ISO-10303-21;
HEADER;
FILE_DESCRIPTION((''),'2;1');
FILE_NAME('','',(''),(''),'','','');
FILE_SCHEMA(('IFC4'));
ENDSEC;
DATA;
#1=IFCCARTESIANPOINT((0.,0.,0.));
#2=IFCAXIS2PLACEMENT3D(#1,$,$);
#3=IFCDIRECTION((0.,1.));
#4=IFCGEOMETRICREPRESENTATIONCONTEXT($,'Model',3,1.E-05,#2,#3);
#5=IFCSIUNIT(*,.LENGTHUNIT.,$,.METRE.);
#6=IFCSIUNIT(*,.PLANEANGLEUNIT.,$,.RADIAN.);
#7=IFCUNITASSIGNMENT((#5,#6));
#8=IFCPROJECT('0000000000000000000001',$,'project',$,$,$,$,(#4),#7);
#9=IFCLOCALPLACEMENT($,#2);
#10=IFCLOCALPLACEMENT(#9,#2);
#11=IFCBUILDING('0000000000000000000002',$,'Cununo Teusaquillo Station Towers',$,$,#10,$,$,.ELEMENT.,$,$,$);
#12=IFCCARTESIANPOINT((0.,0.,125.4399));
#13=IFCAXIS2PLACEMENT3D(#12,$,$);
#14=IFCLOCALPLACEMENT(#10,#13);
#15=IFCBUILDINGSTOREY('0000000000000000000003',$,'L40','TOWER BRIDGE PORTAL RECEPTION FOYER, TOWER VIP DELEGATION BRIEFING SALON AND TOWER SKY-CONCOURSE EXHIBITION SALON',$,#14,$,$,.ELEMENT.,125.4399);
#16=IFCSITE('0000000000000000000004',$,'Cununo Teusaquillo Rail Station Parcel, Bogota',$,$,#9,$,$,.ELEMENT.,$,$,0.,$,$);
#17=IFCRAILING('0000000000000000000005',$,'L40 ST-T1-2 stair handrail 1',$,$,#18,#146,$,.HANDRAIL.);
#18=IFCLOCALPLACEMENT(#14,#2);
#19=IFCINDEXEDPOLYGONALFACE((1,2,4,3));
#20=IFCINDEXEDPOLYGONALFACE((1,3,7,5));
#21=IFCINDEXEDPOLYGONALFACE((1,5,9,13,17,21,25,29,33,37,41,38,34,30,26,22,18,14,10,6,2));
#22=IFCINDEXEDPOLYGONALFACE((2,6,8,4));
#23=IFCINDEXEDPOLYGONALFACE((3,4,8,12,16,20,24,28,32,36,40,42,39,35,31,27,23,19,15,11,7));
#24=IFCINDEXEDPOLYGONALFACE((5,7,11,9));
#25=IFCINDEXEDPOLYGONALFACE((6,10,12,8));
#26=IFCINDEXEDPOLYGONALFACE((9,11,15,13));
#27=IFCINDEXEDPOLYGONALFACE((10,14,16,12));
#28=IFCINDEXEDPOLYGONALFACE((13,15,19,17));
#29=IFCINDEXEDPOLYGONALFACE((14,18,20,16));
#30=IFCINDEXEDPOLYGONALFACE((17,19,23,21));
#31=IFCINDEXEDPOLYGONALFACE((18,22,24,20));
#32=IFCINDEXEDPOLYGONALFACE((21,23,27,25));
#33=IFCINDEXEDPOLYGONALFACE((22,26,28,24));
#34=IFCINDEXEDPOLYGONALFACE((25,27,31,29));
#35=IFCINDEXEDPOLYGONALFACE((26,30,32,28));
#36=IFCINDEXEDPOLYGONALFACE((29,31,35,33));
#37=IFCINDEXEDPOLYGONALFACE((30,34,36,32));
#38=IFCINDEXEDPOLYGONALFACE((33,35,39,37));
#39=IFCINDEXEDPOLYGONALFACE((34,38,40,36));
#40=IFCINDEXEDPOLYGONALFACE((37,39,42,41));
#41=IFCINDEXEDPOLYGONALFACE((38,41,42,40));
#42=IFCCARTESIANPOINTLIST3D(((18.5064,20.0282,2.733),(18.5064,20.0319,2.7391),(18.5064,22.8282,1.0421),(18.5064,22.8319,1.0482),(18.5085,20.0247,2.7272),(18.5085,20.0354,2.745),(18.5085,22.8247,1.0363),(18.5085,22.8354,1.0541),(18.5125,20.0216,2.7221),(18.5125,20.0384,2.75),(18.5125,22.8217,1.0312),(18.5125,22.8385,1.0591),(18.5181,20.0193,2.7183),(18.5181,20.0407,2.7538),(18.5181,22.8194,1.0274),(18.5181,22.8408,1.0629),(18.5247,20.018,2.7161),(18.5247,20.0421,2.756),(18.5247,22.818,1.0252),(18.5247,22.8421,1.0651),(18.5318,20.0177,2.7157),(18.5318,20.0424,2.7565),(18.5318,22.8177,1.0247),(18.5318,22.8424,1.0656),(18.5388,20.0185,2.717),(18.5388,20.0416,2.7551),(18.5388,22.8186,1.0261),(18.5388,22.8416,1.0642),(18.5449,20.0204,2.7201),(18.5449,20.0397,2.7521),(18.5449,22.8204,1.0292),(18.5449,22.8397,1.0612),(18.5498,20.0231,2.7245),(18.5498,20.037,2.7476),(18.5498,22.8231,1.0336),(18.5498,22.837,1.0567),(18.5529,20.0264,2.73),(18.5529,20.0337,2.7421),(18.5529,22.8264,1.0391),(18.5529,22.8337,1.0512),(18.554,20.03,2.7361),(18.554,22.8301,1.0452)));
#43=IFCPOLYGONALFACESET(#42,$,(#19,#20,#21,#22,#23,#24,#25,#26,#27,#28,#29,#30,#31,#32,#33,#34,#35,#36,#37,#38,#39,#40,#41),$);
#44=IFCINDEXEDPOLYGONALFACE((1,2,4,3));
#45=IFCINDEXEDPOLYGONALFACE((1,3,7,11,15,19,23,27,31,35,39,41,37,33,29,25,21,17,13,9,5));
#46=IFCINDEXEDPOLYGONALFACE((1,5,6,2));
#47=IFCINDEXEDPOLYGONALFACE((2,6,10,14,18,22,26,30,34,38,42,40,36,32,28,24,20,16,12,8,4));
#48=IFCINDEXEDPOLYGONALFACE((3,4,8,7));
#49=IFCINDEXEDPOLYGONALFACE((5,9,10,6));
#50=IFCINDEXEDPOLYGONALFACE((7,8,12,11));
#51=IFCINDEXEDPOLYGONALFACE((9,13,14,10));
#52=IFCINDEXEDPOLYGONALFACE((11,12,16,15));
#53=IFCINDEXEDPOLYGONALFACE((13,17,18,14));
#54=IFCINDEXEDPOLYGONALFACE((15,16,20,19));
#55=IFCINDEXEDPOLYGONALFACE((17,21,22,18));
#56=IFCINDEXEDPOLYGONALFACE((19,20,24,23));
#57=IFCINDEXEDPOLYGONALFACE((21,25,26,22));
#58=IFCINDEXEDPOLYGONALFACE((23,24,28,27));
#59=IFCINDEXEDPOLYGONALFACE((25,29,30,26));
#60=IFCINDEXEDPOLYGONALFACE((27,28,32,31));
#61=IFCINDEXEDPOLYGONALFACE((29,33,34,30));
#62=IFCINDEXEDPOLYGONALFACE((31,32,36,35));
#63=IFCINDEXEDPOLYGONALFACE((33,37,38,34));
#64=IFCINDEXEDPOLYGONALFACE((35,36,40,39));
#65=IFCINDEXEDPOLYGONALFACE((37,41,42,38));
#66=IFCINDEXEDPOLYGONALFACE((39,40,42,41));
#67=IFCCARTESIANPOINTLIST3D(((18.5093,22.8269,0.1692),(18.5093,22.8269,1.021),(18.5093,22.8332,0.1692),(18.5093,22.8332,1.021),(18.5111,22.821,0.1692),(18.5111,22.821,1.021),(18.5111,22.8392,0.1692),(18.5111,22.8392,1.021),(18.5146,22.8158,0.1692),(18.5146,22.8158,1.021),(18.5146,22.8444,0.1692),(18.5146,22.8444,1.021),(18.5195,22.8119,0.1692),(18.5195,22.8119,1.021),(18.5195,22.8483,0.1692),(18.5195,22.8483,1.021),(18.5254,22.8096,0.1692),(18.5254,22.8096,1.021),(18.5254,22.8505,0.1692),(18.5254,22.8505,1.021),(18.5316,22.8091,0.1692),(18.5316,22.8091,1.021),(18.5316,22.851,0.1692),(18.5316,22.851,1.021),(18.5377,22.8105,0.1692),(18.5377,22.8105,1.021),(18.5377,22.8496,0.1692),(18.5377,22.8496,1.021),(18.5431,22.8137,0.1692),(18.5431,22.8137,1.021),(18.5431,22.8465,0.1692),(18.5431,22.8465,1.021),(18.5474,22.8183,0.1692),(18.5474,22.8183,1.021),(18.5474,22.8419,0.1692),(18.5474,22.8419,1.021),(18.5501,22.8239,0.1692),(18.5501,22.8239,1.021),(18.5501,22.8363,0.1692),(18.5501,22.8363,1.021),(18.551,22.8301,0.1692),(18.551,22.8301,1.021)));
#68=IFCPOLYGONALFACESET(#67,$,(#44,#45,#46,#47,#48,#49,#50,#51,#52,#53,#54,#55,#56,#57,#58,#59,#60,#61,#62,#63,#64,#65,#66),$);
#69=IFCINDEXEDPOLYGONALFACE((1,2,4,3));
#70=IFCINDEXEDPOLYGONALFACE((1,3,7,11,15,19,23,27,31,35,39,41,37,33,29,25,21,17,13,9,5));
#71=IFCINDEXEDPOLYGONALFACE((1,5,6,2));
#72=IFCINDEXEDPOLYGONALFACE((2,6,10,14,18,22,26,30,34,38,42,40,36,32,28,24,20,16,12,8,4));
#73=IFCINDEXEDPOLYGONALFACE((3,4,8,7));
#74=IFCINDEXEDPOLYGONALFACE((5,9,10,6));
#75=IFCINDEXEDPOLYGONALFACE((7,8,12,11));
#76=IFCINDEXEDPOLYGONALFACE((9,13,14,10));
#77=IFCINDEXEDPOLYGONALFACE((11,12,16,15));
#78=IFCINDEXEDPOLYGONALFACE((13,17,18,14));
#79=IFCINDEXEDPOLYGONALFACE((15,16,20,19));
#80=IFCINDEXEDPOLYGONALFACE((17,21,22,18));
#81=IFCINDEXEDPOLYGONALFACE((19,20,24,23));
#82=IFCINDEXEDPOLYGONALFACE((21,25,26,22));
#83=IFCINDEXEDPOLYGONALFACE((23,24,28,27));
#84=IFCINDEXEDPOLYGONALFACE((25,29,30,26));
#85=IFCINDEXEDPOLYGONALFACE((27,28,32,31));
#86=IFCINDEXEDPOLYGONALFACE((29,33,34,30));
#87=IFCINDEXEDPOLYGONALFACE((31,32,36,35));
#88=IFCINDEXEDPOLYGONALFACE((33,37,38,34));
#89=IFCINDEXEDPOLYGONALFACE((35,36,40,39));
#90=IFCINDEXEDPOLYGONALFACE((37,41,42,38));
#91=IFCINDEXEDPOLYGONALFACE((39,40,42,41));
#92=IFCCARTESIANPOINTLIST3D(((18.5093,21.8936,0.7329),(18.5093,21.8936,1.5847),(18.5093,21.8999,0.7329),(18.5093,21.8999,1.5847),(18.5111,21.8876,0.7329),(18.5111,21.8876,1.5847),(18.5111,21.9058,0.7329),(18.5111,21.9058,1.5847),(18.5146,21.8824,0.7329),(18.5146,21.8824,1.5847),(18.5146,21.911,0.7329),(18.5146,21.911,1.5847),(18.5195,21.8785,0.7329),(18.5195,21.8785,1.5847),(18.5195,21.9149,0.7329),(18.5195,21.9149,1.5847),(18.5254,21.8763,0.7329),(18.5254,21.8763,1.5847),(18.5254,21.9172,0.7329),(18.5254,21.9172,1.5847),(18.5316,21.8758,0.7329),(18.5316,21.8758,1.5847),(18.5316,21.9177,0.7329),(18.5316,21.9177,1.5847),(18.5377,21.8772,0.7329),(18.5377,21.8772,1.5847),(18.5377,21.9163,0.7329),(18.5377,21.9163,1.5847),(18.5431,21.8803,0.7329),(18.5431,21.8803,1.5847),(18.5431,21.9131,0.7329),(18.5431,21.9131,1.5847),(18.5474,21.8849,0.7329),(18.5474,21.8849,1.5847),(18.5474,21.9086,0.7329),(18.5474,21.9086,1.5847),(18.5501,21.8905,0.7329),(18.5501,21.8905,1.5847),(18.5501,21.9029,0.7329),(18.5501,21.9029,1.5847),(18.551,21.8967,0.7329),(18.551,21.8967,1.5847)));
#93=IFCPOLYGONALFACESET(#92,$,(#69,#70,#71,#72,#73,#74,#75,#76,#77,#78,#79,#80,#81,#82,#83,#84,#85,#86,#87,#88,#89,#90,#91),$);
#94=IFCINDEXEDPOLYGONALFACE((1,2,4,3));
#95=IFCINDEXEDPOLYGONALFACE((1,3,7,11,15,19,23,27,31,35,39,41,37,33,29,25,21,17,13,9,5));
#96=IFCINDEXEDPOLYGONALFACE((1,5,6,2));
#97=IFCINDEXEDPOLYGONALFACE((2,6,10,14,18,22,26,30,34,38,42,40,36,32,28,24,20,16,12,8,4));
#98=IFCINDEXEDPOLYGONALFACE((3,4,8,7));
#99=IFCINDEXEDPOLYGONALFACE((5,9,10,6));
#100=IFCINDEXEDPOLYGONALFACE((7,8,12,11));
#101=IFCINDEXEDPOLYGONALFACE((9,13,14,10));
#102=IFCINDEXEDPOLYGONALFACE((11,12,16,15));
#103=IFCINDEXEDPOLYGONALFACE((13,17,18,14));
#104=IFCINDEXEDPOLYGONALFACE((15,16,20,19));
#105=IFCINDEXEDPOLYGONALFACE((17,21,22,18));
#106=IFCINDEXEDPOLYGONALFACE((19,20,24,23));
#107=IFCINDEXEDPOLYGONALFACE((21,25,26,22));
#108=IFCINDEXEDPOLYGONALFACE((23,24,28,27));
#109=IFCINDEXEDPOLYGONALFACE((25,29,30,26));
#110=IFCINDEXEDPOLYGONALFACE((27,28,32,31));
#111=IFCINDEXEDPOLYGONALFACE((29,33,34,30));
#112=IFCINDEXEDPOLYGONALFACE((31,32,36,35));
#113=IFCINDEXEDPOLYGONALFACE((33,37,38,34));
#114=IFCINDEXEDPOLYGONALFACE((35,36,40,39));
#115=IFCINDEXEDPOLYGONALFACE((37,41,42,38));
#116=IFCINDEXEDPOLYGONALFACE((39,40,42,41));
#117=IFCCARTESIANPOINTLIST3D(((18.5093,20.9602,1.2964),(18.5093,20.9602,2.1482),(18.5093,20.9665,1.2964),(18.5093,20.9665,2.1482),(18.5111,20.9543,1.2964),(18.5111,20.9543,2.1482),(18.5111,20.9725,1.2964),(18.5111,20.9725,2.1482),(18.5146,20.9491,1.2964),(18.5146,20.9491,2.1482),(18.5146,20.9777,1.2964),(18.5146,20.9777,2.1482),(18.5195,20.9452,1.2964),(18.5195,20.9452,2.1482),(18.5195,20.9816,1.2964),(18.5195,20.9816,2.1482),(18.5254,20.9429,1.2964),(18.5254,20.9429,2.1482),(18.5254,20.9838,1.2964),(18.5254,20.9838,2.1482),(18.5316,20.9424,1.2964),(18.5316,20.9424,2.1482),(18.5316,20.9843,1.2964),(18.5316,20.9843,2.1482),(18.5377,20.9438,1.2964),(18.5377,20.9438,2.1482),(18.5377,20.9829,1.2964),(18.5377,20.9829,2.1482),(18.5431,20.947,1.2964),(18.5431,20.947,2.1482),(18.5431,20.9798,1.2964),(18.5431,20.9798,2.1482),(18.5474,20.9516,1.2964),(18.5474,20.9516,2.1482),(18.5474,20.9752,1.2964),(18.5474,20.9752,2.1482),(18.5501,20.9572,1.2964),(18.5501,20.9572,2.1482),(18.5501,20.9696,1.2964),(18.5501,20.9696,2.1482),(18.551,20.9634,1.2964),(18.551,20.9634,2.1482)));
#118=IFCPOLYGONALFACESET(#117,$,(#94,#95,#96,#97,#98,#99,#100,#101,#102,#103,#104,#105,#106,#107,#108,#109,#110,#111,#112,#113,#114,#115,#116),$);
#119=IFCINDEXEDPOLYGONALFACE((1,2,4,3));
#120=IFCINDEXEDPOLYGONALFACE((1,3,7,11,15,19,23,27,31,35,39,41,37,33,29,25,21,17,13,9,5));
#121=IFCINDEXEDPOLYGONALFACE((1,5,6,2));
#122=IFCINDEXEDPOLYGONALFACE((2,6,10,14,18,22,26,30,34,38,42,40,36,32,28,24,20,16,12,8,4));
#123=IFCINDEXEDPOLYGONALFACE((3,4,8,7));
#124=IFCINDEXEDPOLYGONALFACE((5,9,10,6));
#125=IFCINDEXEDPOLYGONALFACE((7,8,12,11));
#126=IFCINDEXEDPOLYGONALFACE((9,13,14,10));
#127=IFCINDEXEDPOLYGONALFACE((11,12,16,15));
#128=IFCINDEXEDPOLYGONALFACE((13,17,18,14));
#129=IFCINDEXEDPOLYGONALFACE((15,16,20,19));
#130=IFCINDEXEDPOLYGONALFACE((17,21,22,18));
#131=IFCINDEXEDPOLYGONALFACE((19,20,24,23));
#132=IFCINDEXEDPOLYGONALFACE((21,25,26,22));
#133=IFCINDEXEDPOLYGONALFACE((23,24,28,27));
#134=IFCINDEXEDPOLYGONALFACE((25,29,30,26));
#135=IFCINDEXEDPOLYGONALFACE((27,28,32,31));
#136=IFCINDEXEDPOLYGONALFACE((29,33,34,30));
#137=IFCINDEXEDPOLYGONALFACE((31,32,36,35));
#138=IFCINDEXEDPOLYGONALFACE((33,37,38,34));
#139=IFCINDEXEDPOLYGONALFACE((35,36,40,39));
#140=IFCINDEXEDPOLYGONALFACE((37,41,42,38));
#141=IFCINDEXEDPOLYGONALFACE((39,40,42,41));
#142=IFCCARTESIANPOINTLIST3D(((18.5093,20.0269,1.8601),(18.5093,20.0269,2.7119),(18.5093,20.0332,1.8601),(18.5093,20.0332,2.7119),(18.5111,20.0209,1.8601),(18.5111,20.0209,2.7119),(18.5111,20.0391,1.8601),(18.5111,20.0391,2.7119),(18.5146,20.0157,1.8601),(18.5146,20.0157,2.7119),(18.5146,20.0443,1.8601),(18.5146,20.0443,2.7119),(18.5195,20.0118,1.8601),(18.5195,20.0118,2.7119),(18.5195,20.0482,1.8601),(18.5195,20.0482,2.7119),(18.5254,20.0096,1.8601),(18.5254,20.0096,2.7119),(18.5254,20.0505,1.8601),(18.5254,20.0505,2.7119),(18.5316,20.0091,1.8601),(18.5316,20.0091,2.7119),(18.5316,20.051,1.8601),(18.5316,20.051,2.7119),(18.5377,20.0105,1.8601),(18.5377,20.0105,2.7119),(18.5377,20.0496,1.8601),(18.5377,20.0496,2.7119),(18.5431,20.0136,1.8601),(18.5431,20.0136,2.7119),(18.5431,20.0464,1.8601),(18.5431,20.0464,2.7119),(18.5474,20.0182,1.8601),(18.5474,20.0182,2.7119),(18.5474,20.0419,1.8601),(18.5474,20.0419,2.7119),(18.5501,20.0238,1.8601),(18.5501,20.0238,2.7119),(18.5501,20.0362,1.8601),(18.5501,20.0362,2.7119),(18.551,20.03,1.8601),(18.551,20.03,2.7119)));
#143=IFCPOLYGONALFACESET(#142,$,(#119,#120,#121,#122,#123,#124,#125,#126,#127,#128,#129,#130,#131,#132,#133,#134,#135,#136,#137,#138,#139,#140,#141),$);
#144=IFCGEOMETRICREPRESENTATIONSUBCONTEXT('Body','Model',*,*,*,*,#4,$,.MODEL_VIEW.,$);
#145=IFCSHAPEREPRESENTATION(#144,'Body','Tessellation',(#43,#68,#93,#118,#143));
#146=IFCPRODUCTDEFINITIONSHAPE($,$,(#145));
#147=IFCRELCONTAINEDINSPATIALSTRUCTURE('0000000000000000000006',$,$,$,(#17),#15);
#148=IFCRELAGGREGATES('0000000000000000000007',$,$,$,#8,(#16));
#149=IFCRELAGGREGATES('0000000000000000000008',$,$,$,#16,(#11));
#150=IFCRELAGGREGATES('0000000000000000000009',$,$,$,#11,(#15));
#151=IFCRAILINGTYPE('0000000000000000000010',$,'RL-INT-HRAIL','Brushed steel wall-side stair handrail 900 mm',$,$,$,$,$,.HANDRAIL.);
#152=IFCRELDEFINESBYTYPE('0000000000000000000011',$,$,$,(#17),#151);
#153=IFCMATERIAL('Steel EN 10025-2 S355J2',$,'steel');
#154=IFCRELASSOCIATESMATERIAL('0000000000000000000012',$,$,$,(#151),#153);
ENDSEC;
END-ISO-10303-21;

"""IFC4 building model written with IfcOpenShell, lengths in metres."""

from ifc_helpers import new_model, si_unit, direction, frame, origin, origin_2d, place, context, subcontext, project, spatial, circle, extrude, material, type_object, element, save


model = new_model("IFC4")

# Units and contexts
model_context = context("Model", 3, precision=1e-05, world=origin(), true_north=direction((0.0, 1.0)))
body_context = subcontext(model_context, "Body", "Model", "MODEL_VIEW")
ifc_project = project(units=[si_unit("LENGTHUNIT", "METRE"), si_unit("PLANEANGLEUNIT", "RADIAN")], contexts=[model_context])

# Site, building, storey
site_placement = place(None, origin())
site = spatial("IfcSite", under=ifc_project, at=site_placement, Name="Cununo Teusaquillo Rail Station Parcel, Bogota", CompositionType="ELEMENT", RefElevation=0.0)
building_placement = place(site_placement, origin())
building = spatial("IfcBuilding", under=site, at=building_placement, Name="Cununo Teusaquillo Station Towers", CompositionType="ELEMENT")
storey_placement = place(building_placement, frame((0.0, 0.0, 125.4399)))
storey = spatial("IfcBuildingStorey", under=building, at=storey_placement, Name="L40", Description="TOWER BRIDGE PORTAL RECEPTION FOYER, TOWER VIP DELEGATION BRIEFING SALON AND TOWER SKY-CONCOURSE EXHIBITION SALON", CompositionType="ELEMENT", Elevation=125.4399)

# Railing
ifc_material_1 = material(Name="Steel EN 10025-2 S355J2", Category="steel")
railing_type_1 = type_object("IfcRailingType", Name="RL-INT-HRAIL", Description="Brushed steel wall-side stair handrail 900 mm", PredefinedType="HANDRAIL", material=ifc_material_1)
railing_1_placement = place(storey_placement, frame((18.53, 22.8301, 0.1692)))
element("IfcRailing", 1, at=railing_1_placement, inside=storey, type_object=railing_type_1, Name="L40 ST-T1-2 stair handrail 1", PredefinedType="HANDRAIL", context=body_context, shape_type="SweptSolid", body=[
    extrude(circle(Radius=0.0239, at=origin_2d()), frame((0.0, 0.0, 0.876), z_axis=(0.0, -0.856021, 0.516941), x_axis=(1.0, 0.0, 0.0)), (0.0, 0.0, 1.0), 3.271),
    extrude(circle(Radius=0.021, at=origin_2d()), origin(), (0.0, 0.0, 1.0), 0.8518),
    extrude(circle(Radius=0.021, at=origin_2d()), frame((0.0, -0.9333, 0.5637)), (0.0, 0.0, 1.0), 0.8518),
    extrude(circle(Radius=0.021, at=origin_2d()), frame((0.0, -1.8667, 1.1272)), (0.0, 0.0, 1.0), 0.8518),
    extrude(circle(Radius=0.021, at=origin_2d()), frame((0.0, -2.8, 1.6909)), (0.0, 0.0, 1.0), 0.8518),
])

save(model, "model.ifc")
